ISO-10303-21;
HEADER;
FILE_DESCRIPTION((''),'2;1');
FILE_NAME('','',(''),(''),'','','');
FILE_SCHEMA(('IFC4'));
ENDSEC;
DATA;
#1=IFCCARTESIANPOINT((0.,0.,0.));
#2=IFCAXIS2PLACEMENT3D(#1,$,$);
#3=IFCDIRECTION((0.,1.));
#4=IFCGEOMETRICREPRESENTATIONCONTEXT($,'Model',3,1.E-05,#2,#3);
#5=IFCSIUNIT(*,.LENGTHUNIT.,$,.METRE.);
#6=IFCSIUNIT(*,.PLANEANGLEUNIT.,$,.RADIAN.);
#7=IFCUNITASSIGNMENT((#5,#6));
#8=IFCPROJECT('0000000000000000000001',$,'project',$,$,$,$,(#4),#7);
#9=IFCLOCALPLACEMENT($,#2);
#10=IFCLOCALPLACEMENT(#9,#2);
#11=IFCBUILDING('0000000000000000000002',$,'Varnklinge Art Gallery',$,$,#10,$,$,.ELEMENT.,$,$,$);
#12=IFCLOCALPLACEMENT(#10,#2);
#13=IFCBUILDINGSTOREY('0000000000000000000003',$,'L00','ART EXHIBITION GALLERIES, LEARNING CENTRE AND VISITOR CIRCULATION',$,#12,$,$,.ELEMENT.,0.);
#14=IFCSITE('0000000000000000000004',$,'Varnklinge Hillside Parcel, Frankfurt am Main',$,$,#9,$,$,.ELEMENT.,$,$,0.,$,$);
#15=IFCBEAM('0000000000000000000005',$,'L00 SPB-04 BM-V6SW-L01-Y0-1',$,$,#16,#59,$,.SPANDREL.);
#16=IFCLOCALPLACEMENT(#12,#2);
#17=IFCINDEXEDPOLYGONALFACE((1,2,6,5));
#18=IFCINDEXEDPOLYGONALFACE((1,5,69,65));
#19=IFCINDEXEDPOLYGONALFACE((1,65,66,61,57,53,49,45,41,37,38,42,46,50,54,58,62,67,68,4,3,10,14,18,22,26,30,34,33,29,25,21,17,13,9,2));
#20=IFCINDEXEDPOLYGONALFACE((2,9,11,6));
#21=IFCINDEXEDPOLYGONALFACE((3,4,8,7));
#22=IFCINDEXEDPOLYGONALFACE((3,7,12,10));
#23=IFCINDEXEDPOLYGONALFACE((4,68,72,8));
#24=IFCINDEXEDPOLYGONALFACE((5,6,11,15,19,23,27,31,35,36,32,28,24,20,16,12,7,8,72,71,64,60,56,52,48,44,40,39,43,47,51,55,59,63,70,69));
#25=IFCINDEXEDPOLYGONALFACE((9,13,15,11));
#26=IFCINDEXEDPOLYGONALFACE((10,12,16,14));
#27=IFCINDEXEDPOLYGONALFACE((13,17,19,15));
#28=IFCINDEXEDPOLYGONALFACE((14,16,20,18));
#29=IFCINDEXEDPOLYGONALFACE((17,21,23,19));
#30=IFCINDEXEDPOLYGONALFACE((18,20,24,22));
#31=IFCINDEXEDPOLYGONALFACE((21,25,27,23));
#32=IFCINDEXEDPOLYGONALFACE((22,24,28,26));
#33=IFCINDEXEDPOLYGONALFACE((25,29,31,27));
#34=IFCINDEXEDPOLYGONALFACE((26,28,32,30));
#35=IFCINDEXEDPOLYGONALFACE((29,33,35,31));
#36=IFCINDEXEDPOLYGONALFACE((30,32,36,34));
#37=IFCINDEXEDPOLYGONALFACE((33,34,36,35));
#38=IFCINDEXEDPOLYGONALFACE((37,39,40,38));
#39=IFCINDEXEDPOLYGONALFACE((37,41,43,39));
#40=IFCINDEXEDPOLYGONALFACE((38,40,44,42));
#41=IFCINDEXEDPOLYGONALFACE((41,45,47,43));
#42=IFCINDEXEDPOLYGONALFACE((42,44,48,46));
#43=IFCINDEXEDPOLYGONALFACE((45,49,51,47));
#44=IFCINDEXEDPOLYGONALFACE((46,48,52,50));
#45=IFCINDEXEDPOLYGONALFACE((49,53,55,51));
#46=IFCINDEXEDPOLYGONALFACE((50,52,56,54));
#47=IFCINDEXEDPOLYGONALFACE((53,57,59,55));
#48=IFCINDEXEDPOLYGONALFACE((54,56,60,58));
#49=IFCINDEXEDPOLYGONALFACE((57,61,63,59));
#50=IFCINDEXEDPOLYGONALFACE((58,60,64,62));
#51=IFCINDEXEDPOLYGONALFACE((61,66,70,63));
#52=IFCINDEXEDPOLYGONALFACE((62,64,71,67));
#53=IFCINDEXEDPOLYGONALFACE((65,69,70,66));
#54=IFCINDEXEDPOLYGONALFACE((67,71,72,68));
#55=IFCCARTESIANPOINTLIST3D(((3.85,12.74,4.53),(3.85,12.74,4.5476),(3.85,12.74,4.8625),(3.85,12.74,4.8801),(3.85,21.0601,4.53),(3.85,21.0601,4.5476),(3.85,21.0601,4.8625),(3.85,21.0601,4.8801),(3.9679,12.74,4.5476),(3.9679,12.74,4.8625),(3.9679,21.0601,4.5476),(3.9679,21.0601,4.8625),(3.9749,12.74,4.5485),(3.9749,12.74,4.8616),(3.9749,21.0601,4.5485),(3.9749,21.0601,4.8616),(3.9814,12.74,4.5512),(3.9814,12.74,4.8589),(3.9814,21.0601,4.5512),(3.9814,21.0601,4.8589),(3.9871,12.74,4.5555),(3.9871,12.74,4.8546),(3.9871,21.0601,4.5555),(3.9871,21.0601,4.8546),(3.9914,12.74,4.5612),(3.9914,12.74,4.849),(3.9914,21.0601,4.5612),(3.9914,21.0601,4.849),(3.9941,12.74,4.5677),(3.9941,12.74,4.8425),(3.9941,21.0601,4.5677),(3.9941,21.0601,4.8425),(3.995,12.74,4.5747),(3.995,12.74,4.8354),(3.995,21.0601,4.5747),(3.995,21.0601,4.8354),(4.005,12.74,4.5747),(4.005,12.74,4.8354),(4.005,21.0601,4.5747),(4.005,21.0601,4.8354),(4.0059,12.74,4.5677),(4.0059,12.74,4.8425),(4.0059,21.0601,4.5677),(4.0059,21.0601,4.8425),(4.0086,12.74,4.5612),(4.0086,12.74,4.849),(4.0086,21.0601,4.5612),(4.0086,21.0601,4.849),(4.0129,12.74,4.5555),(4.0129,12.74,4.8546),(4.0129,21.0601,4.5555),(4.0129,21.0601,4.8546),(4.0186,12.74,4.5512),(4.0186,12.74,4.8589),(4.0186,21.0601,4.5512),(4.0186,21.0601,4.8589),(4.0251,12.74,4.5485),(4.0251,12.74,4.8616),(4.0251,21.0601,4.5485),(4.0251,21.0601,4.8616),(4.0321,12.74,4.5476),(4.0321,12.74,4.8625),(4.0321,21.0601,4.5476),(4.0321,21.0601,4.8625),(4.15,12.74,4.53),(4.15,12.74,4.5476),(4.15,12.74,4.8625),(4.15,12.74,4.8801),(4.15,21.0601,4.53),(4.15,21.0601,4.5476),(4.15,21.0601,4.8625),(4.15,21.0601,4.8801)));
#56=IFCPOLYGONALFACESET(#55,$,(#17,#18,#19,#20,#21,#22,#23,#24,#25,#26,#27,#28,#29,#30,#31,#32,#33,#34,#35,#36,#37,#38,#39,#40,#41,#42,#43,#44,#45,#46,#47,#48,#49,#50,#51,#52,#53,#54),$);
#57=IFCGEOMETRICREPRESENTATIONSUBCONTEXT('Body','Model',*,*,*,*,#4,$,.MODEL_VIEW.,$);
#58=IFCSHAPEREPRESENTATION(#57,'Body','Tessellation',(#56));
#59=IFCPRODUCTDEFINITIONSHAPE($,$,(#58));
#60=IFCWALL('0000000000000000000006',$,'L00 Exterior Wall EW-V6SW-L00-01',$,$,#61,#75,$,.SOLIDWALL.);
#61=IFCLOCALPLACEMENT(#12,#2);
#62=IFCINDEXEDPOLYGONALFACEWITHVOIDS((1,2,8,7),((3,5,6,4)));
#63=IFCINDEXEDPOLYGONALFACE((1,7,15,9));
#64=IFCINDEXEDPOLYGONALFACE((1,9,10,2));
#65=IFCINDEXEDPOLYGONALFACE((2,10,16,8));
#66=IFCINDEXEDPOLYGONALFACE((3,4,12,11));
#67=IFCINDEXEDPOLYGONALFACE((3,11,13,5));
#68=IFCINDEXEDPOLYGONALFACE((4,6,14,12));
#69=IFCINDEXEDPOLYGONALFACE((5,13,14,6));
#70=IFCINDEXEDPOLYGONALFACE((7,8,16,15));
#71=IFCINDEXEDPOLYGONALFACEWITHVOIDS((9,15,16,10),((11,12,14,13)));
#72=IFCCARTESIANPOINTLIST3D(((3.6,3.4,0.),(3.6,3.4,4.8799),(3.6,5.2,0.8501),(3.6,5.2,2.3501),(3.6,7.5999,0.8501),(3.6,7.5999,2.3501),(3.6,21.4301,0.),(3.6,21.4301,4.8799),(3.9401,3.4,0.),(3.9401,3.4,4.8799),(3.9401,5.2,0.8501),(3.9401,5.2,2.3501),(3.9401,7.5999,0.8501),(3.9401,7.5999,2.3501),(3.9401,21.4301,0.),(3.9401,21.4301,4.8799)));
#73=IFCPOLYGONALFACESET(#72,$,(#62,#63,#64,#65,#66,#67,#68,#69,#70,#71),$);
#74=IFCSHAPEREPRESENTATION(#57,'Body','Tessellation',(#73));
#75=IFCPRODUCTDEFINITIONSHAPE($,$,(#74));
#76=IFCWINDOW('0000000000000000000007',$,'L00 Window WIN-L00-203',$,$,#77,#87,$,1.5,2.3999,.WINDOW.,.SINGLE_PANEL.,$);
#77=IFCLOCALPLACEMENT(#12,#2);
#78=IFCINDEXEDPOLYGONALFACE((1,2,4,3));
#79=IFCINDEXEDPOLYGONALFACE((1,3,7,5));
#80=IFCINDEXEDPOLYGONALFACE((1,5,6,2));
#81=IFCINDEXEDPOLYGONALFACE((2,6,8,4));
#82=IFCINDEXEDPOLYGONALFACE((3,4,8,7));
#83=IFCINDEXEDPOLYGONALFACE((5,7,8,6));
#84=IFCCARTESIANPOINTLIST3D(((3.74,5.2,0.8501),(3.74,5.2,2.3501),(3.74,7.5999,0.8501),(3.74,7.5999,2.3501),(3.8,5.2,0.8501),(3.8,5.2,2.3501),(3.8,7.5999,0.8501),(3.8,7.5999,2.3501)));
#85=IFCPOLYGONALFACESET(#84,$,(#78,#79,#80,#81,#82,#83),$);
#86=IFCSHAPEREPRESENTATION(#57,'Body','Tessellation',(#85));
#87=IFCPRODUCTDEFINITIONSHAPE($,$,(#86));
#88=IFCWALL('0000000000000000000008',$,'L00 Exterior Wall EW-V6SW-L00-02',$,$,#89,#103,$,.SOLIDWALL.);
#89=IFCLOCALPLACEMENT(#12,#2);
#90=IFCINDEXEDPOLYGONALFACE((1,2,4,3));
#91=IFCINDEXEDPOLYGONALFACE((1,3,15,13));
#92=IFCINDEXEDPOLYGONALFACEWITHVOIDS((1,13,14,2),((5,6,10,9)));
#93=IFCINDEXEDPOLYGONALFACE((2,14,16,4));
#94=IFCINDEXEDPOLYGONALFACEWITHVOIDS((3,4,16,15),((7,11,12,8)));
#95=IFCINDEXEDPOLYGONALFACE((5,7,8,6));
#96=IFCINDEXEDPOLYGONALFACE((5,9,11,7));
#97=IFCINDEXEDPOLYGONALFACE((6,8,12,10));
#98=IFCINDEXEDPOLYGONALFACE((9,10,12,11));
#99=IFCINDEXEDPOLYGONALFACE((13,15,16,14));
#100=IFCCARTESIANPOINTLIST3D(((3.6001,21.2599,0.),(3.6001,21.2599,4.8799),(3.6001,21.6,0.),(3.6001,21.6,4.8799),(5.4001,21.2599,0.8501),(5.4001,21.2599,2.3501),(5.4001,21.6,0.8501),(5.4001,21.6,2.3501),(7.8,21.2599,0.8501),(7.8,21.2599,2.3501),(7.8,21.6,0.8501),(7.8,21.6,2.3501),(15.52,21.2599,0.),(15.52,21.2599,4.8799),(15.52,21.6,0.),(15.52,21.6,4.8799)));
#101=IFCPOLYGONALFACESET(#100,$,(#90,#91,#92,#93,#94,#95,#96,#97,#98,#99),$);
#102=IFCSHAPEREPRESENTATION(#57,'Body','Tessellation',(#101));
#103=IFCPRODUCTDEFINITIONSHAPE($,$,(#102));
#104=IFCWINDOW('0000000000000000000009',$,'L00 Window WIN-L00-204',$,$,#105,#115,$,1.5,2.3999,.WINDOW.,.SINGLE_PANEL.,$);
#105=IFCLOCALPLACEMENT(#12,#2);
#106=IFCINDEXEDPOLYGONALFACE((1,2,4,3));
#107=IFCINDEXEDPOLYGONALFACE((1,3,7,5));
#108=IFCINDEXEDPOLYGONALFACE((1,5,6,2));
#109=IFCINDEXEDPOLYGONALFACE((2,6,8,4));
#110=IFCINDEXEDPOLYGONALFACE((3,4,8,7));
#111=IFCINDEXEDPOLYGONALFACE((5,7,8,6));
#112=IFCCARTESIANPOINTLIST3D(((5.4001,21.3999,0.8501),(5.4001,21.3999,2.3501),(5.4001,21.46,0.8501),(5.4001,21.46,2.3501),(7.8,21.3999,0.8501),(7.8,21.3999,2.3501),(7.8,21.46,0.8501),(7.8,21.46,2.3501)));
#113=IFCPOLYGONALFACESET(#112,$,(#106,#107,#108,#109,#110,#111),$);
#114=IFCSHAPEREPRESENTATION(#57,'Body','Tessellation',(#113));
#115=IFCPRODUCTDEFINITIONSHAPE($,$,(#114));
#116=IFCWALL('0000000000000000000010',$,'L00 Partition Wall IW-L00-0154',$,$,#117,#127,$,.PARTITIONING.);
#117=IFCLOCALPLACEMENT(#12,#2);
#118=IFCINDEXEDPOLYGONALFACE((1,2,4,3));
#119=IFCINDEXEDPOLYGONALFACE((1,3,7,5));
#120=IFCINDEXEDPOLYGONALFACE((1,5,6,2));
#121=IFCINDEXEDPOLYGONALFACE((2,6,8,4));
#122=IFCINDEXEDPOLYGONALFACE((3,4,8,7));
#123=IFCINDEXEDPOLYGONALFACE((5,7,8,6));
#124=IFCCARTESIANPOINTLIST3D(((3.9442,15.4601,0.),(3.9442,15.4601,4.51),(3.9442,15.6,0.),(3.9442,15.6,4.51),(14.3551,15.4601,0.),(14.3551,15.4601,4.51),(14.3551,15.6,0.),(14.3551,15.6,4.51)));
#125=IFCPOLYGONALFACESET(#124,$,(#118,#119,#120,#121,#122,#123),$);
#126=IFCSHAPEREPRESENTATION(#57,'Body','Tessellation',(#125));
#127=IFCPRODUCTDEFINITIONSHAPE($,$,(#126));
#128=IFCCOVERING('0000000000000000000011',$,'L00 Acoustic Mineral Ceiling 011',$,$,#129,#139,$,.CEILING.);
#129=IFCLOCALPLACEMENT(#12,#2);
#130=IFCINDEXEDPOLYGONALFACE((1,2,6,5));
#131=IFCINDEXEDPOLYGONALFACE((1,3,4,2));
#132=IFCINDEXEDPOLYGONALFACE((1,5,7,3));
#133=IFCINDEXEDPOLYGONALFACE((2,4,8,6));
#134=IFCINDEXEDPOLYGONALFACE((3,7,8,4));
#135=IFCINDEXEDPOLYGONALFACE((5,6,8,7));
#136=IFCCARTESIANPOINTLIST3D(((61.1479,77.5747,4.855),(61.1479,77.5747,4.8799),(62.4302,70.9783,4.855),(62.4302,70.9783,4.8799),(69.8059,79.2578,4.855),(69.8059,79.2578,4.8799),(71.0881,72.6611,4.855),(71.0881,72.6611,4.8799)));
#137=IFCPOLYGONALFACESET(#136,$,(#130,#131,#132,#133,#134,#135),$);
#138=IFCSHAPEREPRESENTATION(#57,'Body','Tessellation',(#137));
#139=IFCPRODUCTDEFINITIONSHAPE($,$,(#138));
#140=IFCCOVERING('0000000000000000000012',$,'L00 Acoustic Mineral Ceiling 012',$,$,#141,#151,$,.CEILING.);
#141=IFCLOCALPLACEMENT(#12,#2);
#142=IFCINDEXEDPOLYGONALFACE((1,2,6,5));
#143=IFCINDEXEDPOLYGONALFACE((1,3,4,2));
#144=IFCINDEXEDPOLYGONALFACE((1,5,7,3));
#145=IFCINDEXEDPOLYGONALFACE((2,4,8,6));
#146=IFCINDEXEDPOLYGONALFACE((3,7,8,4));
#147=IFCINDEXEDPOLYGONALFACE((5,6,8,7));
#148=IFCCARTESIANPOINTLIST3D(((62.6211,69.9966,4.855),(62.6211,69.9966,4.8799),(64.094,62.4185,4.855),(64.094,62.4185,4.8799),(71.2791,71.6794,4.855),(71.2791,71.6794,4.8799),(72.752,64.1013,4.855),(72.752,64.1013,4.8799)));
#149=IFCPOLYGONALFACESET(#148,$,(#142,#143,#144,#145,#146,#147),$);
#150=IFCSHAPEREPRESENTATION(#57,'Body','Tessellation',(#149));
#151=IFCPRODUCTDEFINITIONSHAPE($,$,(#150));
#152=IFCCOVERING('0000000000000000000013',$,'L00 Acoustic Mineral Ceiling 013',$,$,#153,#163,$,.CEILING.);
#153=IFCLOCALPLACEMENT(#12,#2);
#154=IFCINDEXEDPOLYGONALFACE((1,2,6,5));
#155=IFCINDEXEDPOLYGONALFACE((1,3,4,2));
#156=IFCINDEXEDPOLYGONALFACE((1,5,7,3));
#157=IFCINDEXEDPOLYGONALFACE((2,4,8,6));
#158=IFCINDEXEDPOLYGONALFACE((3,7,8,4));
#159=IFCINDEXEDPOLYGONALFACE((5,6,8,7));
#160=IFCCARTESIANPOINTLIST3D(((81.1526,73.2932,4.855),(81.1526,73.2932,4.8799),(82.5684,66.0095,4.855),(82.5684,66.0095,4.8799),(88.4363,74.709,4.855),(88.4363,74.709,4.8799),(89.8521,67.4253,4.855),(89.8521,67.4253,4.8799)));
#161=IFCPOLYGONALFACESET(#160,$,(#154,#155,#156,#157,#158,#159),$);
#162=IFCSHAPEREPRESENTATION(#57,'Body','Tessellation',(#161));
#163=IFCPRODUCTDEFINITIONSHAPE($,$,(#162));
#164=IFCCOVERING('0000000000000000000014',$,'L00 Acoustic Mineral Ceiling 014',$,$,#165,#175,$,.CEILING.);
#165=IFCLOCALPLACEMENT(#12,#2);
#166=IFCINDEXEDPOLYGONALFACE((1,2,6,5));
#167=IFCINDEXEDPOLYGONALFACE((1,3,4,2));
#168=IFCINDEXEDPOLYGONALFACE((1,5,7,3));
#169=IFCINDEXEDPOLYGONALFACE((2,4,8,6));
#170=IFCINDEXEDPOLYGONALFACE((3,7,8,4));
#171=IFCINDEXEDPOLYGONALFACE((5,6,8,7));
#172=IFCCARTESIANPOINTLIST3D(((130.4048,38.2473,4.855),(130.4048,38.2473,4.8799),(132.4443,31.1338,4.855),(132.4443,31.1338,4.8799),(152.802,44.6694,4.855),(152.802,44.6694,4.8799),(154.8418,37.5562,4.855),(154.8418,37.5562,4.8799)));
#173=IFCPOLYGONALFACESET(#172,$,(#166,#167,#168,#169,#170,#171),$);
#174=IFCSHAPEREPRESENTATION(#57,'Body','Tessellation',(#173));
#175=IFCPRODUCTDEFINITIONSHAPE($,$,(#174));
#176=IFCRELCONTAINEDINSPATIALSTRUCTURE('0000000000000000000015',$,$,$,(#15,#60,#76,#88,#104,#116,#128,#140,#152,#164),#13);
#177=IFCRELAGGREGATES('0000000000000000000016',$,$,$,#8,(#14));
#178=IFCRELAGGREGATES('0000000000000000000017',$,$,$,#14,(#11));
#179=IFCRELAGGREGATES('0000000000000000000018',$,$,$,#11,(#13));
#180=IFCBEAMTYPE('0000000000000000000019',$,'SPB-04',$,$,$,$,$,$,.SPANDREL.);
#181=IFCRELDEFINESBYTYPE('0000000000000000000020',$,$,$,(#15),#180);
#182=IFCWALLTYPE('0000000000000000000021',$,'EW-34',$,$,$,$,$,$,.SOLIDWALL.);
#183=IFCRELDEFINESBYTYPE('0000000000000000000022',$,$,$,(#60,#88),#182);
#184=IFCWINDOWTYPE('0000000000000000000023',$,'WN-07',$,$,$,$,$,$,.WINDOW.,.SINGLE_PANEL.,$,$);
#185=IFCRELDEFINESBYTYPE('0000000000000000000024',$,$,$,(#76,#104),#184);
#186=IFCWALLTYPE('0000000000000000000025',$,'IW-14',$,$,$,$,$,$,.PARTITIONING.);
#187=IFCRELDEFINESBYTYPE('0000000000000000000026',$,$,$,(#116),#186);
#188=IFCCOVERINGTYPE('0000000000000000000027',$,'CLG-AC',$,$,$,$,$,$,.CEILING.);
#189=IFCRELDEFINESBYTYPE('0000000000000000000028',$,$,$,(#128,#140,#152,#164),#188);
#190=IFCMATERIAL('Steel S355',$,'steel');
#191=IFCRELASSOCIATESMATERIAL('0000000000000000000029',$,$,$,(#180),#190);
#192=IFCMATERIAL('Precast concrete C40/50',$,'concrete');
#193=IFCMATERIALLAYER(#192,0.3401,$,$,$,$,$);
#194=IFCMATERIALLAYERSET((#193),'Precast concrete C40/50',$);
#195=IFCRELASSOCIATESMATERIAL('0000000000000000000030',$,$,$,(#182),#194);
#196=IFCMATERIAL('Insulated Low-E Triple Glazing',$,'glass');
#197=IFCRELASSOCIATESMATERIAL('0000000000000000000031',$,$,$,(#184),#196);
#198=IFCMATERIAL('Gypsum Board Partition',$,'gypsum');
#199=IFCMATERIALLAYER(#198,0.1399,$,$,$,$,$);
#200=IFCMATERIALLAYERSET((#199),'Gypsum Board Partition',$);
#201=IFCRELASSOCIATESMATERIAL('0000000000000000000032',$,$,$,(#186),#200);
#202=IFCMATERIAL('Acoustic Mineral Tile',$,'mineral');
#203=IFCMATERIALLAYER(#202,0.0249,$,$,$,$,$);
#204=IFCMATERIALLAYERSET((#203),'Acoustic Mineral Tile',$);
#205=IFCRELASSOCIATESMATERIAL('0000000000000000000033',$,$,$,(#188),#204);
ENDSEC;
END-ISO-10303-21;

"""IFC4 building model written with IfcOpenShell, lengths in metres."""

from ifc_helpers import new_model, si_unit, direction, frame, frame_2d, origin, origin_2d, place, context, subcontext, project, spatial, polyline, rectangle, i_section, outline, extrude, material, layer, layer_set, material_profile, profile_set, type_object, element, fill, save


model = new_model("IFC4")

# Units and contexts
model_context = context("Model", 3, precision=1e-05, world=origin(), true_north=direction((0.0, 1.0)))
body_context = subcontext(model_context, "Body", "Model", "MODEL_VIEW")
ifc_project = project(units=[si_unit("LENGTHUNIT", "METRE"), si_unit("PLANEANGLEUNIT", "RADIAN")], contexts=[model_context])

# Site, building, storey
site_placement = place(None, origin())
site = spatial("IfcSite", under=ifc_project, at=site_placement, Name="Varnklinge Hillside Parcel, Frankfurt am Main", CompositionType="ELEMENT", RefElevation=0.0)
building_placement = place(site_placement, origin())
building = spatial("IfcBuilding", under=site, at=building_placement, Name="Varnklinge Art Gallery", CompositionType="ELEMENT")
storey_placement = place(building_placement, origin())
storey = spatial("IfcBuildingStorey", under=building, at=storey_placement, Name="L00", Description="ART EXHIBITION GALLERIES, LEARNING CENTRE AND VISITOR CIRCULATION", CompositionType="ELEMENT", Elevation=0.0)

# Beam
ifc_material_1 = material(Name="Steel S355", Category="steel")
ifc_material_profile_1 = material_profile(ifc_material_1, i_section(OverallWidth=0.3, OverallDepth=0.3501, WebThickness=0.01, FlangeThickness=0.0176, FilletRadius=0.0271, at=origin_2d()), Name="HEA 360")
ifc_profile_set_1 = profile_set([ifc_material_profile_1], Name="Steel S355")
beam_type_1 = type_object("IfcBeamType", Name="SPB-04", PredefinedType="SPANDREL", material=ifc_profile_set_1)
beam_1_placement = place(storey_placement, frame((4.0, 12.74, 4.7051), z_axis=(0.0, 1.0, 0.0), x_axis=(-1.0, 0.0, 0.0)))
element("IfcBeam", 1, at=beam_1_placement, inside=storey, type_object=beam_type_1, Name="L00 SPB-04 BM-V6SW-L01-Y0-1", PredefinedType="SPANDREL", context=body_context, shape_type="SweptSolid", body=[
    extrude(i_section(OverallWidth=0.3, OverallDepth=0.3501, WebThickness=0.01, FlangeThickness=0.0176, FilletRadius=0.0271, at=origin_2d()), origin(), (0.0, 0.0, 1.0), 8.3201),
])

# Walls, openings, windows
ifc_material_2 = material(Name="Precast concrete C40/50", Category="concrete")
ifc_layer_1 = layer(ifc_material_2, 0.3401)
ifc_layer_set_1 = layer_set([ifc_layer_1], Name="Precast concrete C40/50")
wall_type_1 = type_object("IfcWallType", Name="EW-34", PredefinedType="SOLIDWALL", material=ifc_layer_set_1)
wall_1_placement = place(storey_placement, frame((3.77, 3.3999, 0.0), z_axis=(0.0, 0.0, 1.0), x_axis=(0.0, 1.0, 0.0)))
wall_1 = element("IfcWall", 2, at=wall_1_placement, inside=storey, type_object=wall_type_1, Name="L00 Exterior Wall EW-V6SW-L00-01", PredefinedType="SOLIDWALL", context=body_context, shape_type="SweptSolid", body=[
    extrude(rectangle(XDim=18.03, YDim=0.3401, at=frame_2d((9.0151, 0.0))), origin(), (0.0, 0.0, 1.0), 4.8799),
])
opening_1_placement = place(wall_1_placement, frame((1.8, 0.0, 0.8501)))
opening_1 = element("IfcOpeningElement", 3, at=opening_1_placement, cuts=wall_1, PredefinedType="OPENING", context=body_context, shape_type="SweptSolid", body=[
    extrude(rectangle(XDim=2.3999, YDim=1.5, at=frame_2d((1.2, 0.75))), frame((0.0, 0.1799, 0.0), z_axis=(0.0, -1.0, 0.0), x_axis=(1.0, 0.0, 0.0)), (0.0, 0.0, 1.0), 0.3601),
])
ifc_material_3 = material(Name="Insulated Low-E Triple Glazing", Category="glass")
window_type = type_object("IfcWindowType", Name="WN-07", PartitioningType="SINGLE_PANEL", PredefinedType="WINDOW", material=ifc_material_3)
window_1_placement = place(opening_1_placement, origin())
window_1 = element("IfcWindow", 4, at=window_1_placement, inside=storey, type_object=window_type, Name="L00 Window WIN-L00-203", OverallHeight=1.5, OverallWidth=2.3999, PartitioningType="SINGLE_PANEL", PredefinedType="WINDOW", context=body_context, shape_type="SweptSolid", body=[
    extrude(rectangle(XDim=2.3999, YDim=1.5, at=frame_2d((1.2, 0.75))), frame((0.0, 0.03, 0.0), z_axis=(0.0, -1.0, 0.0), x_axis=(1.0, 0.0, 0.0)), (0.0, 0.0, 1.0), 0.0601),
])
fill(opening_1, window_1)
wall_2_placement = place(storey_placement, frame((3.6001, 21.4299, 0.0), z_axis=(0.0, 0.0, 1.0), x_axis=(1.0, 0.0, 0.0)))
wall_2 = element("IfcWall", 5, at=wall_2_placement, inside=storey, type_object=wall_type_1, Name="L00 Exterior Wall EW-V6SW-L00-02", PredefinedType="SOLIDWALL", context=body_context, shape_type="SweptSolid", body=[
    extrude(rectangle(XDim=11.9199, YDim=0.3401, at=frame_2d((5.96, 0.0))), origin(), (0.0, 0.0, 1.0), 4.8799),
])
opening_2_placement = place(wall_2_placement, frame((1.8, 0.0, 0.8501)))
opening_2 = element("IfcOpeningElement", 6, at=opening_2_placement, cuts=wall_2, PredefinedType="OPENING", context=body_context, shape_type="SweptSolid", body=[
    extrude(rectangle(XDim=2.3999, YDim=1.5, at=frame_2d((1.2, 0.75))), frame((0.0, 0.1799, 0.0), z_axis=(0.0, -1.0, 0.0), x_axis=(1.0, 0.0, 0.0)), (0.0, 0.0, 1.0), 0.3601),
])
window_2_placement = place(opening_2_placement, origin())
window_2 = element("IfcWindow", 7, at=window_2_placement, inside=storey, type_object=window_type, Name="L00 Window WIN-L00-204", OverallHeight=1.5, OverallWidth=2.3999, PartitioningType="SINGLE_PANEL", PredefinedType="WINDOW", context=body_context, shape_type="SweptSolid", body=[
    extrude(rectangle(XDim=2.3999, YDim=1.5, at=frame_2d((1.2, 0.75))), frame((0.0, 0.03, 0.0), z_axis=(0.0, -1.0, 0.0), x_axis=(1.0, 0.0, 0.0)), (0.0, 0.0, 1.0), 0.0601),
])
fill(opening_2, window_2)

# Wall
ifc_material_4 = material(Name="Gypsum Board Partition", Category="gypsum")
ifc_layer_2 = layer(ifc_material_4, 0.1399)
ifc_layer_set_2 = layer_set([ifc_layer_2], Name="Gypsum Board Partition")
wall_type_2 = type_object("IfcWallType", Name="IW-14", PredefinedType="PARTITIONING", material=ifc_layer_set_2)
wall_3_placement = place(storey_placement, frame((3.9441, 15.53, 0.0), z_axis=(0.0, 0.0, 1.0), x_axis=(1.0, 0.0, 0.0)))
element("IfcWall", 8, at=wall_3_placement, inside=storey, type_object=wall_type_2, Name="L00 Partition Wall IW-L00-0154", PredefinedType="PARTITIONING", context=body_context, shape_type="SweptSolid", body=[
    extrude(rectangle(XDim=10.4109, YDim=0.1399, at=frame_2d((5.2056, 0.0))), origin(), (0.0, 0.0, 1.0), 4.51),
])

# Coverings
ifc_material_5 = material(Name="Acoustic Mineral Tile", Category="mineral")
ifc_layer_3 = layer(ifc_material_5, 0.0249)
ifc_layer_set_3 = layer_set([ifc_layer_3], Name="Acoustic Mineral Tile")
covering_type_1 = type_object("IfcCoveringType", Name="CLG-AC", PredefinedType="CEILING", material=ifc_layer_set_3)
covering_1_placement = place(storey_placement, frame((0.0, 0.0, 4.855)))
element("IfcCovering", 9, at=covering_1_placement, inside=storey, type_object=covering_type_1, Name="L00 Acoustic Mineral Ceiling 011", PredefinedType="CEILING", context=body_context, shape_type="SweptSolid", body=[
    extrude(outline(polyline([(69.8059, 79.2578), (61.1479, 77.5747), (62.4302, 70.9783), (71.0881, 72.6611), (69.8059, 79.2578)])), origin(), (0.0, 0.0, 1.0), 0.0249),
])
covering_2_placement = place(storey_placement, frame((0.0, 0.0, 4.855)))
element("IfcCovering", 10, at=covering_2_placement, inside=storey, type_object=covering_type_1, Name="L00 Acoustic Mineral Ceiling 012", PredefinedType="CEILING", context=body_context, shape_type="SweptSolid", body=[
    extrude(outline(polyline([(71.2791, 71.6794), (62.6211, 69.9966), (64.094, 62.4185), (72.752, 64.1013), (71.2791, 71.6794)])), origin(), (0.0, 0.0, 1.0), 0.0249),
])
covering_3_placement = place(storey_placement, frame((0.0, 0.0, 4.855)))
element("IfcCovering", 11, at=covering_3_placement, inside=storey, type_object=covering_type_1, Name="L00 Acoustic Mineral Ceiling 013", PredefinedType="CEILING", context=body_context, shape_type="SweptSolid", body=[
    extrude(outline(polyline([(81.1526, 73.2932), (82.5684, 66.0095), (89.8521, 67.4253), (88.4363, 74.709), (81.1526, 73.2932)])), origin(), (0.0, 0.0, 1.0), 0.0249),
])
covering_4_placement = place(storey_placement, frame((0.0, 0.0, 4.855)))
element("IfcCovering", 12, at=covering_4_placement, inside=storey, type_object=covering_type_1, Name="L00 Acoustic Mineral Ceiling 014", PredefinedType="CEILING", context=body_context, shape_type="SweptSolid", body=[
    extrude(outline(polyline([(132.4443, 31.1338), (154.8418, 37.5562), (152.802, 44.6694), (130.4048, 38.2473), (132.4443, 31.1338)])), origin(), (0.0, 0.0, 1.0), 0.0249),
])

save(model, "model.ifc")
